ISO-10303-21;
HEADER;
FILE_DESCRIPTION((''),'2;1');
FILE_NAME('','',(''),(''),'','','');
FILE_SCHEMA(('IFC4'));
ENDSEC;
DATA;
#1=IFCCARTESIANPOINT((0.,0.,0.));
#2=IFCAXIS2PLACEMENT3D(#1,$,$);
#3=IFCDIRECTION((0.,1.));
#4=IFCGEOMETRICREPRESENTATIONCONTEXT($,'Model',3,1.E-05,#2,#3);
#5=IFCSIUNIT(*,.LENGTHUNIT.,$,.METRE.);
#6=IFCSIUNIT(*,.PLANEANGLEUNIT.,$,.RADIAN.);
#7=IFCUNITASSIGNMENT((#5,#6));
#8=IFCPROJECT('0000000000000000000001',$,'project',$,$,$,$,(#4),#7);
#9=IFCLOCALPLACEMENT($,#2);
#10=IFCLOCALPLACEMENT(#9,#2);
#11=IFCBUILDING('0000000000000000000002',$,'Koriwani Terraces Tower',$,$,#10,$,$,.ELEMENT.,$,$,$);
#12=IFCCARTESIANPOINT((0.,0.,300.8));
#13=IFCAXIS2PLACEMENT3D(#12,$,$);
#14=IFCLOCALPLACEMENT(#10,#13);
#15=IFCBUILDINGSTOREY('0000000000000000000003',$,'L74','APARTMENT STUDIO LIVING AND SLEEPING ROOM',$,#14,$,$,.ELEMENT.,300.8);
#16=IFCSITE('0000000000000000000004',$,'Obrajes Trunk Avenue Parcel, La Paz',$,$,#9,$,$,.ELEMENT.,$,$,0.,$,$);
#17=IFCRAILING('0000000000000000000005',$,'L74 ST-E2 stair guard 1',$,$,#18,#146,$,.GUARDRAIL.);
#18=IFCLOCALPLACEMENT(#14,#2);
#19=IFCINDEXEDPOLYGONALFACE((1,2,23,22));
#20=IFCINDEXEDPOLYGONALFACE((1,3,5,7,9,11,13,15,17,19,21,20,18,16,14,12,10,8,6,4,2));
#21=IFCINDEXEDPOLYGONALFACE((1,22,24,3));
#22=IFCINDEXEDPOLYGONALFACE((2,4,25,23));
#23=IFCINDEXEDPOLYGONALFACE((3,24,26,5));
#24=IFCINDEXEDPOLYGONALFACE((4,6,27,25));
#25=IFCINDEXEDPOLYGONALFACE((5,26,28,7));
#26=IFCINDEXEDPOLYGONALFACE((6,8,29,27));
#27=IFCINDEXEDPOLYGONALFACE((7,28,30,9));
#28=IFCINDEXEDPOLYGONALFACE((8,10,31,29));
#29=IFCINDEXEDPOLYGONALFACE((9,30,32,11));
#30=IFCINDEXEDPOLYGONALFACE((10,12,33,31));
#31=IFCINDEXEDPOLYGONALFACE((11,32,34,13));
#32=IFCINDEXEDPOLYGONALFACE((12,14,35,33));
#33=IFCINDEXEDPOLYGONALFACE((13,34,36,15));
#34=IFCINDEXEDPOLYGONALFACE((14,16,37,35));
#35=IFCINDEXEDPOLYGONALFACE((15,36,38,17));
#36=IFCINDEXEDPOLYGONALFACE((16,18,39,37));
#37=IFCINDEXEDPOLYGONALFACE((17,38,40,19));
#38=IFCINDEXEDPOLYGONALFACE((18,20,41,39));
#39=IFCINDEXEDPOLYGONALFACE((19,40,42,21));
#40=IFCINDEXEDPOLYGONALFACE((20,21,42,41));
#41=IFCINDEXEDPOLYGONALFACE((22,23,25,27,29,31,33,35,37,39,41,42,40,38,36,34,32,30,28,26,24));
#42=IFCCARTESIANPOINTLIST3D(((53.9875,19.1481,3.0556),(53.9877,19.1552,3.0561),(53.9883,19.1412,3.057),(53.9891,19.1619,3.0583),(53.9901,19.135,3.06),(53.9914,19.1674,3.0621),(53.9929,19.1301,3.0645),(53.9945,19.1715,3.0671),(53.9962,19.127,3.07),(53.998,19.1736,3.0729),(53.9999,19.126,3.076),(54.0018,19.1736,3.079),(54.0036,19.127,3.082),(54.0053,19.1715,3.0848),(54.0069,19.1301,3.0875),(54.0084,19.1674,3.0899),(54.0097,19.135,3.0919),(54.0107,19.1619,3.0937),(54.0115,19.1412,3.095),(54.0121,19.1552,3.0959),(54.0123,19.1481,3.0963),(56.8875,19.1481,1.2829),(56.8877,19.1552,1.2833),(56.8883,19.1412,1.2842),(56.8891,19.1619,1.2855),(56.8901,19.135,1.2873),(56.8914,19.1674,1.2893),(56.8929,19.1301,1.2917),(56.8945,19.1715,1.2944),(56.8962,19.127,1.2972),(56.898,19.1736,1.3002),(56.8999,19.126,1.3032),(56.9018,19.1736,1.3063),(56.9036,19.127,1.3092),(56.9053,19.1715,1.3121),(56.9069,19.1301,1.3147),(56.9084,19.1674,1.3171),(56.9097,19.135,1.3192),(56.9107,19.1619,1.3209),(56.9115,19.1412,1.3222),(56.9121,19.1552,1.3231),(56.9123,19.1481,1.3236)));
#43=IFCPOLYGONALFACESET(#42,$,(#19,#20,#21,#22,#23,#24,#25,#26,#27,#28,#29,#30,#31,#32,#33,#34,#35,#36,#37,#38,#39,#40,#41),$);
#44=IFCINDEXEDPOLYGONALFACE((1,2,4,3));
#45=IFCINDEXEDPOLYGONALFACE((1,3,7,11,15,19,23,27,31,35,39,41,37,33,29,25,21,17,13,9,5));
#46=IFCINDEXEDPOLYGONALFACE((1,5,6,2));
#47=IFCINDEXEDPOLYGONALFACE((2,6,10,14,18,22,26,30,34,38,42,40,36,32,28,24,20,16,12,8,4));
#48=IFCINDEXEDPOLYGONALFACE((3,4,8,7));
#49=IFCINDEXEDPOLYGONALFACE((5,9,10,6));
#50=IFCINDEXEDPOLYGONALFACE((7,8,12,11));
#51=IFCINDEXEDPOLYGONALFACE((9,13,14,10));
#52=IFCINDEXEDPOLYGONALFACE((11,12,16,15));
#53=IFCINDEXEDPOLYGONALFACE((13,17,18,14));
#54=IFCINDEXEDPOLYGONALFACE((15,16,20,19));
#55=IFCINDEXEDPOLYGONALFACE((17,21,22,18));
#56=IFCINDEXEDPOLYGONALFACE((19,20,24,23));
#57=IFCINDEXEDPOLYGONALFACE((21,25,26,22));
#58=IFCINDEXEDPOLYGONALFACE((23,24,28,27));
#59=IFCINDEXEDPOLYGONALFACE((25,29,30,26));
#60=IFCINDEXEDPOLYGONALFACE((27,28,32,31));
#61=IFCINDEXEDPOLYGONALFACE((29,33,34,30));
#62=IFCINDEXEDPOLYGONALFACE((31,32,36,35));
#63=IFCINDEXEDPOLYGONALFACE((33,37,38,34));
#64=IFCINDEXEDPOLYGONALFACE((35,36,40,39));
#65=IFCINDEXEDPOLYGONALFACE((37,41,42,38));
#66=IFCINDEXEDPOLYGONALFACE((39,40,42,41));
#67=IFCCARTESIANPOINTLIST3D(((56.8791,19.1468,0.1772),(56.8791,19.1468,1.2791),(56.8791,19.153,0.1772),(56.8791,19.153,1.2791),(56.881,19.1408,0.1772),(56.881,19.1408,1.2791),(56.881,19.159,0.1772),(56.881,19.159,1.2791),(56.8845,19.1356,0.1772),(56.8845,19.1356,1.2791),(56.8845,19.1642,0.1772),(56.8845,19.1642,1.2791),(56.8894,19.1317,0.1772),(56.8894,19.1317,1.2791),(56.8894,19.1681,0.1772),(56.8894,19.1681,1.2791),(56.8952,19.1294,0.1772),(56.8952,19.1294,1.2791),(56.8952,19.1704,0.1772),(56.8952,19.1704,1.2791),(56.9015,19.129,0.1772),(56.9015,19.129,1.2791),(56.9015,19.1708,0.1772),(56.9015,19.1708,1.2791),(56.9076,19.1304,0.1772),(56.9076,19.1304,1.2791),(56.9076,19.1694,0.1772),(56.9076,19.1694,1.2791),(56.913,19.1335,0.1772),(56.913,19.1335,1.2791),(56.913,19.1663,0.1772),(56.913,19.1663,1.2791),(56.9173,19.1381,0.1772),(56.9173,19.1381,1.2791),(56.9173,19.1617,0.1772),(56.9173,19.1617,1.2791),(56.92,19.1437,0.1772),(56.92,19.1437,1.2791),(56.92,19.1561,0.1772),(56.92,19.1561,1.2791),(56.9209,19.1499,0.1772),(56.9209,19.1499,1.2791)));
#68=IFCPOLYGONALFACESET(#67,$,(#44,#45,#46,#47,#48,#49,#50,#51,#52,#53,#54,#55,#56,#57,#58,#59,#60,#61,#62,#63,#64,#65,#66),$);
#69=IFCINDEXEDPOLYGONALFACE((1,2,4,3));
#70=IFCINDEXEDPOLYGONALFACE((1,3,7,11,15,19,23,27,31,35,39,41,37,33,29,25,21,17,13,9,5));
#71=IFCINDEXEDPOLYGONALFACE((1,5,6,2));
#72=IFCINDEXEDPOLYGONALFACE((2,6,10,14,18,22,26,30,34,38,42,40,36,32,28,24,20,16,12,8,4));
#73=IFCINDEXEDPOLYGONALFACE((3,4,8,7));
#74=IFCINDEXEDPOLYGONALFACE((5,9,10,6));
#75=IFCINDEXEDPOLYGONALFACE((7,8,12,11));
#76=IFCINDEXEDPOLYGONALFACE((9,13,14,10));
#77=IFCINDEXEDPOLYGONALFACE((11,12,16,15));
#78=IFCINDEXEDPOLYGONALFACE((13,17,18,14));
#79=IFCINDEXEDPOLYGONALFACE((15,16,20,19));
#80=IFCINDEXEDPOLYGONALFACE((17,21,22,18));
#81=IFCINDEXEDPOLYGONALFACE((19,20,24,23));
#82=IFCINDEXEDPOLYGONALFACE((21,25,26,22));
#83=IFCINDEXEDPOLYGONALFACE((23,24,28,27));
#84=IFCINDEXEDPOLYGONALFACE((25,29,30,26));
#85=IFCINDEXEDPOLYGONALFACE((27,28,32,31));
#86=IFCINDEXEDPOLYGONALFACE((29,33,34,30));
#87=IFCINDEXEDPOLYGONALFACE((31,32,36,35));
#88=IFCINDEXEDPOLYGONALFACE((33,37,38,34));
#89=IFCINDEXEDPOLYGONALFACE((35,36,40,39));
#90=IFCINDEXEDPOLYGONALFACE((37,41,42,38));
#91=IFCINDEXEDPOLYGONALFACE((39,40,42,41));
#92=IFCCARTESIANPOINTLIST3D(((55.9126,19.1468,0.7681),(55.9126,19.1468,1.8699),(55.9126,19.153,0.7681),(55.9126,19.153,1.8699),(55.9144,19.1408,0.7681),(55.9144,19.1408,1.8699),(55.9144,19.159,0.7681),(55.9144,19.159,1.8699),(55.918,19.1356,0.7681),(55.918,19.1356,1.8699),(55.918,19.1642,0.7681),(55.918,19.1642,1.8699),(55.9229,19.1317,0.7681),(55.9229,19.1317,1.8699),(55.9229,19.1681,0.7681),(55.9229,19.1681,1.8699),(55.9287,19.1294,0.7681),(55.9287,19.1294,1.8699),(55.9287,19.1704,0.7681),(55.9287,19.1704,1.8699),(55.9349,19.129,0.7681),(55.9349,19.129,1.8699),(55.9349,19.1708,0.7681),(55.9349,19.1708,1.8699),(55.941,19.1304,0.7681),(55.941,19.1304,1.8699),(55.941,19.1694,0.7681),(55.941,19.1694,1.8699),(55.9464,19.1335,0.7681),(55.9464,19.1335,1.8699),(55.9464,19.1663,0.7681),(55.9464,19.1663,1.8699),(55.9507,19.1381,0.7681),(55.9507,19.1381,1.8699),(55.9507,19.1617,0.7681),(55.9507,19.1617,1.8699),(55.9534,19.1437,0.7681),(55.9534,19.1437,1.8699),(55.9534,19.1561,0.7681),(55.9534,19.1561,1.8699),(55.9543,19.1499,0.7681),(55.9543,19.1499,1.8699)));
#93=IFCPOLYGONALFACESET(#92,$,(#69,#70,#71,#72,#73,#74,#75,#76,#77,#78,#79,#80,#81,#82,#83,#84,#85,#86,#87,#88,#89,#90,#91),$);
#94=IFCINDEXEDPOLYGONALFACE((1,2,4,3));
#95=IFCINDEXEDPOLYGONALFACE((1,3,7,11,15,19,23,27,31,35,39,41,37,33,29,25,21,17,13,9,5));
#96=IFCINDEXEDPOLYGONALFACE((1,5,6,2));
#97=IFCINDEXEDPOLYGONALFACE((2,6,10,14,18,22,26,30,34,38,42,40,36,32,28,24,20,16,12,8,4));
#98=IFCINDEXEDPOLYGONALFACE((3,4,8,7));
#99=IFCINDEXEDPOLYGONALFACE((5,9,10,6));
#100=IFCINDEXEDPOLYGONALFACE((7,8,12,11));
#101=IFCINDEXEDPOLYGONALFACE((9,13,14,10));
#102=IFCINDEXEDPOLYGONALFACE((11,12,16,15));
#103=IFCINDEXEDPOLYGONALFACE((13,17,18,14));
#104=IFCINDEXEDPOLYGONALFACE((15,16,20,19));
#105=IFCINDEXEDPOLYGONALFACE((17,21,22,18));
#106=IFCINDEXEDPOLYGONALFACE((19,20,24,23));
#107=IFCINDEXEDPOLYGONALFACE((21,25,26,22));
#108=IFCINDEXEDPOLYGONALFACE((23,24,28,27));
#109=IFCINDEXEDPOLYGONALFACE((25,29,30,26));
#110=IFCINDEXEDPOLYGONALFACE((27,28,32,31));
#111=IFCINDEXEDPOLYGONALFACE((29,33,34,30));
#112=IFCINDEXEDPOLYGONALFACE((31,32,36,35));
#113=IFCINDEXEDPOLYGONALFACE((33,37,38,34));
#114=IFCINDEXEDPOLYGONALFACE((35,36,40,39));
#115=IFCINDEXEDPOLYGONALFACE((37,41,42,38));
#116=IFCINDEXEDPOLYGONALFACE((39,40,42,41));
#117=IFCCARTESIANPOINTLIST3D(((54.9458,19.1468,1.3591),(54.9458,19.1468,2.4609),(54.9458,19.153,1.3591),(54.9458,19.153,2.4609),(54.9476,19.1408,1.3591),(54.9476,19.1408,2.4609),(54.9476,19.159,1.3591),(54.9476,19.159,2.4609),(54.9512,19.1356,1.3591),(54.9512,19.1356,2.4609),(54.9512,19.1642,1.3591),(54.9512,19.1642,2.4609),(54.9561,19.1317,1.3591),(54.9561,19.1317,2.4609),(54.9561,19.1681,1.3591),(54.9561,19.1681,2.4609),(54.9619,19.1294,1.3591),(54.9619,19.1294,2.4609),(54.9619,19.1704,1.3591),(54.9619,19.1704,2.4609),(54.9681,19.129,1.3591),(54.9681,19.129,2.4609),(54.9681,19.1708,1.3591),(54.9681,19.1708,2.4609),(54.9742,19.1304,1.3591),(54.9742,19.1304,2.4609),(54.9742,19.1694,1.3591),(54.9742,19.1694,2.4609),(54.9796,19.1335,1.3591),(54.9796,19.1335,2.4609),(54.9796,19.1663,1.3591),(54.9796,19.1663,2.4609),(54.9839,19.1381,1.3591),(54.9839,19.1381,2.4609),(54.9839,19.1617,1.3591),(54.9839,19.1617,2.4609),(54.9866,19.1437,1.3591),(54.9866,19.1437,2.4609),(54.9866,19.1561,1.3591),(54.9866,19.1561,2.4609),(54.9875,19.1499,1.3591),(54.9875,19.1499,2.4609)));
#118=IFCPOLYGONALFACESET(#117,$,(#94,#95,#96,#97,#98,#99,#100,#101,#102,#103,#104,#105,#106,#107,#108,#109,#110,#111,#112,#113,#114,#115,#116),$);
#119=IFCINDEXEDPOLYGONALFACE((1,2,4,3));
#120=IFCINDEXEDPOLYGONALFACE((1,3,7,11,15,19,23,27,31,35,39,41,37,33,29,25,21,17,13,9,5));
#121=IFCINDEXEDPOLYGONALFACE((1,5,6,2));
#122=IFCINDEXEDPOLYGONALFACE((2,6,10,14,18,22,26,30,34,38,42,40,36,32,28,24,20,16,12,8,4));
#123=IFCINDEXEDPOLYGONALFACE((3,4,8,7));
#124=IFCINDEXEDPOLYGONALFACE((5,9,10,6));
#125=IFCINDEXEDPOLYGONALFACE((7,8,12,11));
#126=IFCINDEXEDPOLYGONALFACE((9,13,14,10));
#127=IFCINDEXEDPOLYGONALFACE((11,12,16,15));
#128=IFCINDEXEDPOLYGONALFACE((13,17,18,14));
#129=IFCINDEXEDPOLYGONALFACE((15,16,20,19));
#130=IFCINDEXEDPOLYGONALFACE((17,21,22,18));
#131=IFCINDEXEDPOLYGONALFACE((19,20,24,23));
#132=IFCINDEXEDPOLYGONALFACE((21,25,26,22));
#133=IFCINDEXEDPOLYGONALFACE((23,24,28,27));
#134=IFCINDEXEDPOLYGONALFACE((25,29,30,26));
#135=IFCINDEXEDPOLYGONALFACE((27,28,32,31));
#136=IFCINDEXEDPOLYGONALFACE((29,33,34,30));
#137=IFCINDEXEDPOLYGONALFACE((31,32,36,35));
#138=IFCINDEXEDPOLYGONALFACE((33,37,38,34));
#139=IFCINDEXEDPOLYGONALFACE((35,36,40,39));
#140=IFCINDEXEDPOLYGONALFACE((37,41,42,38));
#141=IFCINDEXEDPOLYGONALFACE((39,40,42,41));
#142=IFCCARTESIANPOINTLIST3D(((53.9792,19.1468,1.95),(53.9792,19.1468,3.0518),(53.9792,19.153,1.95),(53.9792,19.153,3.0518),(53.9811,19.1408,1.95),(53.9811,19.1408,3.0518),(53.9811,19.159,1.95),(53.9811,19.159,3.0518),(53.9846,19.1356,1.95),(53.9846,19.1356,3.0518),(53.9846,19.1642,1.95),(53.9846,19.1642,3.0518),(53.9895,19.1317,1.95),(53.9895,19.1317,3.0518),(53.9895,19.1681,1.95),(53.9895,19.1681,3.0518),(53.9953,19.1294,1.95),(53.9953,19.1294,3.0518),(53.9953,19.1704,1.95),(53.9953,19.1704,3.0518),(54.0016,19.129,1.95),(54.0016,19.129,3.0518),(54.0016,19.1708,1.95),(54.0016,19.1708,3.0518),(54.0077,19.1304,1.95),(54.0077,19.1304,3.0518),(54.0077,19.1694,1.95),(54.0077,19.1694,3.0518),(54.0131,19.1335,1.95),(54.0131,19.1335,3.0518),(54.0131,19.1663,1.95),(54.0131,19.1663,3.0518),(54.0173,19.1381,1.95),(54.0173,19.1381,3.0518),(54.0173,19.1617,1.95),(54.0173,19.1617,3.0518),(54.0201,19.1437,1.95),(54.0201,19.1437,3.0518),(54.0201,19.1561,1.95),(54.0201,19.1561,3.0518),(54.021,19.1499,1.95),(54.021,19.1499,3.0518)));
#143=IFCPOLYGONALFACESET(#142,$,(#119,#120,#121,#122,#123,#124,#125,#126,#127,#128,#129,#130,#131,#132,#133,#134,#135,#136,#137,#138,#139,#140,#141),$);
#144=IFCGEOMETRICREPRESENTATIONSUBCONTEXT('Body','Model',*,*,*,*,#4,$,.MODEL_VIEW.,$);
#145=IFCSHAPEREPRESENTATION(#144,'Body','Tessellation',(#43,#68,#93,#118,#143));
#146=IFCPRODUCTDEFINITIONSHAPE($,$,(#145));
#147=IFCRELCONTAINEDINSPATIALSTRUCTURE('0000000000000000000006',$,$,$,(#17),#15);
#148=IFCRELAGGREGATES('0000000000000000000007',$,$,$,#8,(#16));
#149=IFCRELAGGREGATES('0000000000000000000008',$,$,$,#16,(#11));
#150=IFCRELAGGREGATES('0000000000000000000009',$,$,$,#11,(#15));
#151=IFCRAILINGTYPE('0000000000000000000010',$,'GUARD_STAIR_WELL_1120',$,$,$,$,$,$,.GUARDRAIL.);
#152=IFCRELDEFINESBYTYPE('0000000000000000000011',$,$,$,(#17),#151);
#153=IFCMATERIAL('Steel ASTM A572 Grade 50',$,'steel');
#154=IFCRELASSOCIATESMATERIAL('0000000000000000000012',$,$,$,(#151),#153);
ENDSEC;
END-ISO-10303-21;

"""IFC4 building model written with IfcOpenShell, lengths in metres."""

from ifc_helpers import new_model, si_unit, direction, frame, origin, origin_2d, place, context, subcontext, project, spatial, circle, extrude, material, type_object, element, save


model = new_model("IFC4")

# Units and contexts
model_context = context("Model", 3, precision=1e-05, world=origin(), true_north=direction((0.0, 1.0)))
body_context = subcontext(model_context, "Body", "Model", "MODEL_VIEW")
ifc_project = project(units=[si_unit("LENGTHUNIT", "METRE"), si_unit("PLANEANGLEUNIT", "RADIAN")], contexts=[model_context])

# Site, building, storey
site_placement = place(None, origin())
site = spatial("IfcSite", under=ifc_project, at=site_placement, Name="Obrajes Trunk Avenue Parcel, La Paz", CompositionType="ELEMENT", RefElevation=0.0)
building_placement = place(site_placement, origin())
building = spatial("IfcBuilding", under=site, at=building_placement, Name="Koriwani Terraces Tower", CompositionType="ELEMENT")
storey_placement = place(building_placement, frame((0.0, 0.0, 300.8)))
storey = spatial("IfcBuildingStorey", under=building, at=storey_placement, Name="L74", Description="APARTMENT STUDIO LIVING AND SLEEPING ROOM", CompositionType="ELEMENT", Elevation=300.8)

# Shared definitions
ifc_material_1 = material(Name="Steel ASTM A572 Grade 50", Category="steel")

# Railing
railing_type_1 = type_object("IfcRailingType", Name="GUARD_STAIR_WELL_1120", PredefinedType="GUARDRAIL", material=ifc_material_1)
railing_1_placement = place(storey_placement, frame((56.8999, 19.1499, 0.1772)))
element("IfcRailing", 1, at=railing_1_placement, inside=storey, type_object=railing_type_1, Name="L74 ST-E2 stair guard 1", PredefinedType="GUARDRAIL", context=body_context, shape_type="SweptSolid", body=[
    extrude(circle(Radius=0.0239, at=origin_2d()), frame((0.0, 0.0, 1.126), z_axis=(-0.853211, 0.0, 0.521566), x_axis=(0.0, -1.0, 0.0)), (0.0, 0.0, 1.0), 3.3989),
    extrude(circle(Radius=0.021, at=origin_2d()), origin(), (0.0, 0.0, 1.0), 1.1018),
    extrude(circle(Radius=0.021, at=origin_2d()), frame((-0.9666, 0.0, 0.5908)), (0.0, 0.0, 1.0), 1.1018),
    extrude(circle(Radius=0.021, at=origin_2d()), frame((-1.9333, 0.0, 1.1819)), (0.0, 0.0, 1.0), 1.1018),
    extrude(circle(Radius=0.021, at=origin_2d()), frame((-2.8999, 0.0, 1.7727)), (0.0, 0.0, 1.0), 1.1018),
])

save(model, "model.ifc")
